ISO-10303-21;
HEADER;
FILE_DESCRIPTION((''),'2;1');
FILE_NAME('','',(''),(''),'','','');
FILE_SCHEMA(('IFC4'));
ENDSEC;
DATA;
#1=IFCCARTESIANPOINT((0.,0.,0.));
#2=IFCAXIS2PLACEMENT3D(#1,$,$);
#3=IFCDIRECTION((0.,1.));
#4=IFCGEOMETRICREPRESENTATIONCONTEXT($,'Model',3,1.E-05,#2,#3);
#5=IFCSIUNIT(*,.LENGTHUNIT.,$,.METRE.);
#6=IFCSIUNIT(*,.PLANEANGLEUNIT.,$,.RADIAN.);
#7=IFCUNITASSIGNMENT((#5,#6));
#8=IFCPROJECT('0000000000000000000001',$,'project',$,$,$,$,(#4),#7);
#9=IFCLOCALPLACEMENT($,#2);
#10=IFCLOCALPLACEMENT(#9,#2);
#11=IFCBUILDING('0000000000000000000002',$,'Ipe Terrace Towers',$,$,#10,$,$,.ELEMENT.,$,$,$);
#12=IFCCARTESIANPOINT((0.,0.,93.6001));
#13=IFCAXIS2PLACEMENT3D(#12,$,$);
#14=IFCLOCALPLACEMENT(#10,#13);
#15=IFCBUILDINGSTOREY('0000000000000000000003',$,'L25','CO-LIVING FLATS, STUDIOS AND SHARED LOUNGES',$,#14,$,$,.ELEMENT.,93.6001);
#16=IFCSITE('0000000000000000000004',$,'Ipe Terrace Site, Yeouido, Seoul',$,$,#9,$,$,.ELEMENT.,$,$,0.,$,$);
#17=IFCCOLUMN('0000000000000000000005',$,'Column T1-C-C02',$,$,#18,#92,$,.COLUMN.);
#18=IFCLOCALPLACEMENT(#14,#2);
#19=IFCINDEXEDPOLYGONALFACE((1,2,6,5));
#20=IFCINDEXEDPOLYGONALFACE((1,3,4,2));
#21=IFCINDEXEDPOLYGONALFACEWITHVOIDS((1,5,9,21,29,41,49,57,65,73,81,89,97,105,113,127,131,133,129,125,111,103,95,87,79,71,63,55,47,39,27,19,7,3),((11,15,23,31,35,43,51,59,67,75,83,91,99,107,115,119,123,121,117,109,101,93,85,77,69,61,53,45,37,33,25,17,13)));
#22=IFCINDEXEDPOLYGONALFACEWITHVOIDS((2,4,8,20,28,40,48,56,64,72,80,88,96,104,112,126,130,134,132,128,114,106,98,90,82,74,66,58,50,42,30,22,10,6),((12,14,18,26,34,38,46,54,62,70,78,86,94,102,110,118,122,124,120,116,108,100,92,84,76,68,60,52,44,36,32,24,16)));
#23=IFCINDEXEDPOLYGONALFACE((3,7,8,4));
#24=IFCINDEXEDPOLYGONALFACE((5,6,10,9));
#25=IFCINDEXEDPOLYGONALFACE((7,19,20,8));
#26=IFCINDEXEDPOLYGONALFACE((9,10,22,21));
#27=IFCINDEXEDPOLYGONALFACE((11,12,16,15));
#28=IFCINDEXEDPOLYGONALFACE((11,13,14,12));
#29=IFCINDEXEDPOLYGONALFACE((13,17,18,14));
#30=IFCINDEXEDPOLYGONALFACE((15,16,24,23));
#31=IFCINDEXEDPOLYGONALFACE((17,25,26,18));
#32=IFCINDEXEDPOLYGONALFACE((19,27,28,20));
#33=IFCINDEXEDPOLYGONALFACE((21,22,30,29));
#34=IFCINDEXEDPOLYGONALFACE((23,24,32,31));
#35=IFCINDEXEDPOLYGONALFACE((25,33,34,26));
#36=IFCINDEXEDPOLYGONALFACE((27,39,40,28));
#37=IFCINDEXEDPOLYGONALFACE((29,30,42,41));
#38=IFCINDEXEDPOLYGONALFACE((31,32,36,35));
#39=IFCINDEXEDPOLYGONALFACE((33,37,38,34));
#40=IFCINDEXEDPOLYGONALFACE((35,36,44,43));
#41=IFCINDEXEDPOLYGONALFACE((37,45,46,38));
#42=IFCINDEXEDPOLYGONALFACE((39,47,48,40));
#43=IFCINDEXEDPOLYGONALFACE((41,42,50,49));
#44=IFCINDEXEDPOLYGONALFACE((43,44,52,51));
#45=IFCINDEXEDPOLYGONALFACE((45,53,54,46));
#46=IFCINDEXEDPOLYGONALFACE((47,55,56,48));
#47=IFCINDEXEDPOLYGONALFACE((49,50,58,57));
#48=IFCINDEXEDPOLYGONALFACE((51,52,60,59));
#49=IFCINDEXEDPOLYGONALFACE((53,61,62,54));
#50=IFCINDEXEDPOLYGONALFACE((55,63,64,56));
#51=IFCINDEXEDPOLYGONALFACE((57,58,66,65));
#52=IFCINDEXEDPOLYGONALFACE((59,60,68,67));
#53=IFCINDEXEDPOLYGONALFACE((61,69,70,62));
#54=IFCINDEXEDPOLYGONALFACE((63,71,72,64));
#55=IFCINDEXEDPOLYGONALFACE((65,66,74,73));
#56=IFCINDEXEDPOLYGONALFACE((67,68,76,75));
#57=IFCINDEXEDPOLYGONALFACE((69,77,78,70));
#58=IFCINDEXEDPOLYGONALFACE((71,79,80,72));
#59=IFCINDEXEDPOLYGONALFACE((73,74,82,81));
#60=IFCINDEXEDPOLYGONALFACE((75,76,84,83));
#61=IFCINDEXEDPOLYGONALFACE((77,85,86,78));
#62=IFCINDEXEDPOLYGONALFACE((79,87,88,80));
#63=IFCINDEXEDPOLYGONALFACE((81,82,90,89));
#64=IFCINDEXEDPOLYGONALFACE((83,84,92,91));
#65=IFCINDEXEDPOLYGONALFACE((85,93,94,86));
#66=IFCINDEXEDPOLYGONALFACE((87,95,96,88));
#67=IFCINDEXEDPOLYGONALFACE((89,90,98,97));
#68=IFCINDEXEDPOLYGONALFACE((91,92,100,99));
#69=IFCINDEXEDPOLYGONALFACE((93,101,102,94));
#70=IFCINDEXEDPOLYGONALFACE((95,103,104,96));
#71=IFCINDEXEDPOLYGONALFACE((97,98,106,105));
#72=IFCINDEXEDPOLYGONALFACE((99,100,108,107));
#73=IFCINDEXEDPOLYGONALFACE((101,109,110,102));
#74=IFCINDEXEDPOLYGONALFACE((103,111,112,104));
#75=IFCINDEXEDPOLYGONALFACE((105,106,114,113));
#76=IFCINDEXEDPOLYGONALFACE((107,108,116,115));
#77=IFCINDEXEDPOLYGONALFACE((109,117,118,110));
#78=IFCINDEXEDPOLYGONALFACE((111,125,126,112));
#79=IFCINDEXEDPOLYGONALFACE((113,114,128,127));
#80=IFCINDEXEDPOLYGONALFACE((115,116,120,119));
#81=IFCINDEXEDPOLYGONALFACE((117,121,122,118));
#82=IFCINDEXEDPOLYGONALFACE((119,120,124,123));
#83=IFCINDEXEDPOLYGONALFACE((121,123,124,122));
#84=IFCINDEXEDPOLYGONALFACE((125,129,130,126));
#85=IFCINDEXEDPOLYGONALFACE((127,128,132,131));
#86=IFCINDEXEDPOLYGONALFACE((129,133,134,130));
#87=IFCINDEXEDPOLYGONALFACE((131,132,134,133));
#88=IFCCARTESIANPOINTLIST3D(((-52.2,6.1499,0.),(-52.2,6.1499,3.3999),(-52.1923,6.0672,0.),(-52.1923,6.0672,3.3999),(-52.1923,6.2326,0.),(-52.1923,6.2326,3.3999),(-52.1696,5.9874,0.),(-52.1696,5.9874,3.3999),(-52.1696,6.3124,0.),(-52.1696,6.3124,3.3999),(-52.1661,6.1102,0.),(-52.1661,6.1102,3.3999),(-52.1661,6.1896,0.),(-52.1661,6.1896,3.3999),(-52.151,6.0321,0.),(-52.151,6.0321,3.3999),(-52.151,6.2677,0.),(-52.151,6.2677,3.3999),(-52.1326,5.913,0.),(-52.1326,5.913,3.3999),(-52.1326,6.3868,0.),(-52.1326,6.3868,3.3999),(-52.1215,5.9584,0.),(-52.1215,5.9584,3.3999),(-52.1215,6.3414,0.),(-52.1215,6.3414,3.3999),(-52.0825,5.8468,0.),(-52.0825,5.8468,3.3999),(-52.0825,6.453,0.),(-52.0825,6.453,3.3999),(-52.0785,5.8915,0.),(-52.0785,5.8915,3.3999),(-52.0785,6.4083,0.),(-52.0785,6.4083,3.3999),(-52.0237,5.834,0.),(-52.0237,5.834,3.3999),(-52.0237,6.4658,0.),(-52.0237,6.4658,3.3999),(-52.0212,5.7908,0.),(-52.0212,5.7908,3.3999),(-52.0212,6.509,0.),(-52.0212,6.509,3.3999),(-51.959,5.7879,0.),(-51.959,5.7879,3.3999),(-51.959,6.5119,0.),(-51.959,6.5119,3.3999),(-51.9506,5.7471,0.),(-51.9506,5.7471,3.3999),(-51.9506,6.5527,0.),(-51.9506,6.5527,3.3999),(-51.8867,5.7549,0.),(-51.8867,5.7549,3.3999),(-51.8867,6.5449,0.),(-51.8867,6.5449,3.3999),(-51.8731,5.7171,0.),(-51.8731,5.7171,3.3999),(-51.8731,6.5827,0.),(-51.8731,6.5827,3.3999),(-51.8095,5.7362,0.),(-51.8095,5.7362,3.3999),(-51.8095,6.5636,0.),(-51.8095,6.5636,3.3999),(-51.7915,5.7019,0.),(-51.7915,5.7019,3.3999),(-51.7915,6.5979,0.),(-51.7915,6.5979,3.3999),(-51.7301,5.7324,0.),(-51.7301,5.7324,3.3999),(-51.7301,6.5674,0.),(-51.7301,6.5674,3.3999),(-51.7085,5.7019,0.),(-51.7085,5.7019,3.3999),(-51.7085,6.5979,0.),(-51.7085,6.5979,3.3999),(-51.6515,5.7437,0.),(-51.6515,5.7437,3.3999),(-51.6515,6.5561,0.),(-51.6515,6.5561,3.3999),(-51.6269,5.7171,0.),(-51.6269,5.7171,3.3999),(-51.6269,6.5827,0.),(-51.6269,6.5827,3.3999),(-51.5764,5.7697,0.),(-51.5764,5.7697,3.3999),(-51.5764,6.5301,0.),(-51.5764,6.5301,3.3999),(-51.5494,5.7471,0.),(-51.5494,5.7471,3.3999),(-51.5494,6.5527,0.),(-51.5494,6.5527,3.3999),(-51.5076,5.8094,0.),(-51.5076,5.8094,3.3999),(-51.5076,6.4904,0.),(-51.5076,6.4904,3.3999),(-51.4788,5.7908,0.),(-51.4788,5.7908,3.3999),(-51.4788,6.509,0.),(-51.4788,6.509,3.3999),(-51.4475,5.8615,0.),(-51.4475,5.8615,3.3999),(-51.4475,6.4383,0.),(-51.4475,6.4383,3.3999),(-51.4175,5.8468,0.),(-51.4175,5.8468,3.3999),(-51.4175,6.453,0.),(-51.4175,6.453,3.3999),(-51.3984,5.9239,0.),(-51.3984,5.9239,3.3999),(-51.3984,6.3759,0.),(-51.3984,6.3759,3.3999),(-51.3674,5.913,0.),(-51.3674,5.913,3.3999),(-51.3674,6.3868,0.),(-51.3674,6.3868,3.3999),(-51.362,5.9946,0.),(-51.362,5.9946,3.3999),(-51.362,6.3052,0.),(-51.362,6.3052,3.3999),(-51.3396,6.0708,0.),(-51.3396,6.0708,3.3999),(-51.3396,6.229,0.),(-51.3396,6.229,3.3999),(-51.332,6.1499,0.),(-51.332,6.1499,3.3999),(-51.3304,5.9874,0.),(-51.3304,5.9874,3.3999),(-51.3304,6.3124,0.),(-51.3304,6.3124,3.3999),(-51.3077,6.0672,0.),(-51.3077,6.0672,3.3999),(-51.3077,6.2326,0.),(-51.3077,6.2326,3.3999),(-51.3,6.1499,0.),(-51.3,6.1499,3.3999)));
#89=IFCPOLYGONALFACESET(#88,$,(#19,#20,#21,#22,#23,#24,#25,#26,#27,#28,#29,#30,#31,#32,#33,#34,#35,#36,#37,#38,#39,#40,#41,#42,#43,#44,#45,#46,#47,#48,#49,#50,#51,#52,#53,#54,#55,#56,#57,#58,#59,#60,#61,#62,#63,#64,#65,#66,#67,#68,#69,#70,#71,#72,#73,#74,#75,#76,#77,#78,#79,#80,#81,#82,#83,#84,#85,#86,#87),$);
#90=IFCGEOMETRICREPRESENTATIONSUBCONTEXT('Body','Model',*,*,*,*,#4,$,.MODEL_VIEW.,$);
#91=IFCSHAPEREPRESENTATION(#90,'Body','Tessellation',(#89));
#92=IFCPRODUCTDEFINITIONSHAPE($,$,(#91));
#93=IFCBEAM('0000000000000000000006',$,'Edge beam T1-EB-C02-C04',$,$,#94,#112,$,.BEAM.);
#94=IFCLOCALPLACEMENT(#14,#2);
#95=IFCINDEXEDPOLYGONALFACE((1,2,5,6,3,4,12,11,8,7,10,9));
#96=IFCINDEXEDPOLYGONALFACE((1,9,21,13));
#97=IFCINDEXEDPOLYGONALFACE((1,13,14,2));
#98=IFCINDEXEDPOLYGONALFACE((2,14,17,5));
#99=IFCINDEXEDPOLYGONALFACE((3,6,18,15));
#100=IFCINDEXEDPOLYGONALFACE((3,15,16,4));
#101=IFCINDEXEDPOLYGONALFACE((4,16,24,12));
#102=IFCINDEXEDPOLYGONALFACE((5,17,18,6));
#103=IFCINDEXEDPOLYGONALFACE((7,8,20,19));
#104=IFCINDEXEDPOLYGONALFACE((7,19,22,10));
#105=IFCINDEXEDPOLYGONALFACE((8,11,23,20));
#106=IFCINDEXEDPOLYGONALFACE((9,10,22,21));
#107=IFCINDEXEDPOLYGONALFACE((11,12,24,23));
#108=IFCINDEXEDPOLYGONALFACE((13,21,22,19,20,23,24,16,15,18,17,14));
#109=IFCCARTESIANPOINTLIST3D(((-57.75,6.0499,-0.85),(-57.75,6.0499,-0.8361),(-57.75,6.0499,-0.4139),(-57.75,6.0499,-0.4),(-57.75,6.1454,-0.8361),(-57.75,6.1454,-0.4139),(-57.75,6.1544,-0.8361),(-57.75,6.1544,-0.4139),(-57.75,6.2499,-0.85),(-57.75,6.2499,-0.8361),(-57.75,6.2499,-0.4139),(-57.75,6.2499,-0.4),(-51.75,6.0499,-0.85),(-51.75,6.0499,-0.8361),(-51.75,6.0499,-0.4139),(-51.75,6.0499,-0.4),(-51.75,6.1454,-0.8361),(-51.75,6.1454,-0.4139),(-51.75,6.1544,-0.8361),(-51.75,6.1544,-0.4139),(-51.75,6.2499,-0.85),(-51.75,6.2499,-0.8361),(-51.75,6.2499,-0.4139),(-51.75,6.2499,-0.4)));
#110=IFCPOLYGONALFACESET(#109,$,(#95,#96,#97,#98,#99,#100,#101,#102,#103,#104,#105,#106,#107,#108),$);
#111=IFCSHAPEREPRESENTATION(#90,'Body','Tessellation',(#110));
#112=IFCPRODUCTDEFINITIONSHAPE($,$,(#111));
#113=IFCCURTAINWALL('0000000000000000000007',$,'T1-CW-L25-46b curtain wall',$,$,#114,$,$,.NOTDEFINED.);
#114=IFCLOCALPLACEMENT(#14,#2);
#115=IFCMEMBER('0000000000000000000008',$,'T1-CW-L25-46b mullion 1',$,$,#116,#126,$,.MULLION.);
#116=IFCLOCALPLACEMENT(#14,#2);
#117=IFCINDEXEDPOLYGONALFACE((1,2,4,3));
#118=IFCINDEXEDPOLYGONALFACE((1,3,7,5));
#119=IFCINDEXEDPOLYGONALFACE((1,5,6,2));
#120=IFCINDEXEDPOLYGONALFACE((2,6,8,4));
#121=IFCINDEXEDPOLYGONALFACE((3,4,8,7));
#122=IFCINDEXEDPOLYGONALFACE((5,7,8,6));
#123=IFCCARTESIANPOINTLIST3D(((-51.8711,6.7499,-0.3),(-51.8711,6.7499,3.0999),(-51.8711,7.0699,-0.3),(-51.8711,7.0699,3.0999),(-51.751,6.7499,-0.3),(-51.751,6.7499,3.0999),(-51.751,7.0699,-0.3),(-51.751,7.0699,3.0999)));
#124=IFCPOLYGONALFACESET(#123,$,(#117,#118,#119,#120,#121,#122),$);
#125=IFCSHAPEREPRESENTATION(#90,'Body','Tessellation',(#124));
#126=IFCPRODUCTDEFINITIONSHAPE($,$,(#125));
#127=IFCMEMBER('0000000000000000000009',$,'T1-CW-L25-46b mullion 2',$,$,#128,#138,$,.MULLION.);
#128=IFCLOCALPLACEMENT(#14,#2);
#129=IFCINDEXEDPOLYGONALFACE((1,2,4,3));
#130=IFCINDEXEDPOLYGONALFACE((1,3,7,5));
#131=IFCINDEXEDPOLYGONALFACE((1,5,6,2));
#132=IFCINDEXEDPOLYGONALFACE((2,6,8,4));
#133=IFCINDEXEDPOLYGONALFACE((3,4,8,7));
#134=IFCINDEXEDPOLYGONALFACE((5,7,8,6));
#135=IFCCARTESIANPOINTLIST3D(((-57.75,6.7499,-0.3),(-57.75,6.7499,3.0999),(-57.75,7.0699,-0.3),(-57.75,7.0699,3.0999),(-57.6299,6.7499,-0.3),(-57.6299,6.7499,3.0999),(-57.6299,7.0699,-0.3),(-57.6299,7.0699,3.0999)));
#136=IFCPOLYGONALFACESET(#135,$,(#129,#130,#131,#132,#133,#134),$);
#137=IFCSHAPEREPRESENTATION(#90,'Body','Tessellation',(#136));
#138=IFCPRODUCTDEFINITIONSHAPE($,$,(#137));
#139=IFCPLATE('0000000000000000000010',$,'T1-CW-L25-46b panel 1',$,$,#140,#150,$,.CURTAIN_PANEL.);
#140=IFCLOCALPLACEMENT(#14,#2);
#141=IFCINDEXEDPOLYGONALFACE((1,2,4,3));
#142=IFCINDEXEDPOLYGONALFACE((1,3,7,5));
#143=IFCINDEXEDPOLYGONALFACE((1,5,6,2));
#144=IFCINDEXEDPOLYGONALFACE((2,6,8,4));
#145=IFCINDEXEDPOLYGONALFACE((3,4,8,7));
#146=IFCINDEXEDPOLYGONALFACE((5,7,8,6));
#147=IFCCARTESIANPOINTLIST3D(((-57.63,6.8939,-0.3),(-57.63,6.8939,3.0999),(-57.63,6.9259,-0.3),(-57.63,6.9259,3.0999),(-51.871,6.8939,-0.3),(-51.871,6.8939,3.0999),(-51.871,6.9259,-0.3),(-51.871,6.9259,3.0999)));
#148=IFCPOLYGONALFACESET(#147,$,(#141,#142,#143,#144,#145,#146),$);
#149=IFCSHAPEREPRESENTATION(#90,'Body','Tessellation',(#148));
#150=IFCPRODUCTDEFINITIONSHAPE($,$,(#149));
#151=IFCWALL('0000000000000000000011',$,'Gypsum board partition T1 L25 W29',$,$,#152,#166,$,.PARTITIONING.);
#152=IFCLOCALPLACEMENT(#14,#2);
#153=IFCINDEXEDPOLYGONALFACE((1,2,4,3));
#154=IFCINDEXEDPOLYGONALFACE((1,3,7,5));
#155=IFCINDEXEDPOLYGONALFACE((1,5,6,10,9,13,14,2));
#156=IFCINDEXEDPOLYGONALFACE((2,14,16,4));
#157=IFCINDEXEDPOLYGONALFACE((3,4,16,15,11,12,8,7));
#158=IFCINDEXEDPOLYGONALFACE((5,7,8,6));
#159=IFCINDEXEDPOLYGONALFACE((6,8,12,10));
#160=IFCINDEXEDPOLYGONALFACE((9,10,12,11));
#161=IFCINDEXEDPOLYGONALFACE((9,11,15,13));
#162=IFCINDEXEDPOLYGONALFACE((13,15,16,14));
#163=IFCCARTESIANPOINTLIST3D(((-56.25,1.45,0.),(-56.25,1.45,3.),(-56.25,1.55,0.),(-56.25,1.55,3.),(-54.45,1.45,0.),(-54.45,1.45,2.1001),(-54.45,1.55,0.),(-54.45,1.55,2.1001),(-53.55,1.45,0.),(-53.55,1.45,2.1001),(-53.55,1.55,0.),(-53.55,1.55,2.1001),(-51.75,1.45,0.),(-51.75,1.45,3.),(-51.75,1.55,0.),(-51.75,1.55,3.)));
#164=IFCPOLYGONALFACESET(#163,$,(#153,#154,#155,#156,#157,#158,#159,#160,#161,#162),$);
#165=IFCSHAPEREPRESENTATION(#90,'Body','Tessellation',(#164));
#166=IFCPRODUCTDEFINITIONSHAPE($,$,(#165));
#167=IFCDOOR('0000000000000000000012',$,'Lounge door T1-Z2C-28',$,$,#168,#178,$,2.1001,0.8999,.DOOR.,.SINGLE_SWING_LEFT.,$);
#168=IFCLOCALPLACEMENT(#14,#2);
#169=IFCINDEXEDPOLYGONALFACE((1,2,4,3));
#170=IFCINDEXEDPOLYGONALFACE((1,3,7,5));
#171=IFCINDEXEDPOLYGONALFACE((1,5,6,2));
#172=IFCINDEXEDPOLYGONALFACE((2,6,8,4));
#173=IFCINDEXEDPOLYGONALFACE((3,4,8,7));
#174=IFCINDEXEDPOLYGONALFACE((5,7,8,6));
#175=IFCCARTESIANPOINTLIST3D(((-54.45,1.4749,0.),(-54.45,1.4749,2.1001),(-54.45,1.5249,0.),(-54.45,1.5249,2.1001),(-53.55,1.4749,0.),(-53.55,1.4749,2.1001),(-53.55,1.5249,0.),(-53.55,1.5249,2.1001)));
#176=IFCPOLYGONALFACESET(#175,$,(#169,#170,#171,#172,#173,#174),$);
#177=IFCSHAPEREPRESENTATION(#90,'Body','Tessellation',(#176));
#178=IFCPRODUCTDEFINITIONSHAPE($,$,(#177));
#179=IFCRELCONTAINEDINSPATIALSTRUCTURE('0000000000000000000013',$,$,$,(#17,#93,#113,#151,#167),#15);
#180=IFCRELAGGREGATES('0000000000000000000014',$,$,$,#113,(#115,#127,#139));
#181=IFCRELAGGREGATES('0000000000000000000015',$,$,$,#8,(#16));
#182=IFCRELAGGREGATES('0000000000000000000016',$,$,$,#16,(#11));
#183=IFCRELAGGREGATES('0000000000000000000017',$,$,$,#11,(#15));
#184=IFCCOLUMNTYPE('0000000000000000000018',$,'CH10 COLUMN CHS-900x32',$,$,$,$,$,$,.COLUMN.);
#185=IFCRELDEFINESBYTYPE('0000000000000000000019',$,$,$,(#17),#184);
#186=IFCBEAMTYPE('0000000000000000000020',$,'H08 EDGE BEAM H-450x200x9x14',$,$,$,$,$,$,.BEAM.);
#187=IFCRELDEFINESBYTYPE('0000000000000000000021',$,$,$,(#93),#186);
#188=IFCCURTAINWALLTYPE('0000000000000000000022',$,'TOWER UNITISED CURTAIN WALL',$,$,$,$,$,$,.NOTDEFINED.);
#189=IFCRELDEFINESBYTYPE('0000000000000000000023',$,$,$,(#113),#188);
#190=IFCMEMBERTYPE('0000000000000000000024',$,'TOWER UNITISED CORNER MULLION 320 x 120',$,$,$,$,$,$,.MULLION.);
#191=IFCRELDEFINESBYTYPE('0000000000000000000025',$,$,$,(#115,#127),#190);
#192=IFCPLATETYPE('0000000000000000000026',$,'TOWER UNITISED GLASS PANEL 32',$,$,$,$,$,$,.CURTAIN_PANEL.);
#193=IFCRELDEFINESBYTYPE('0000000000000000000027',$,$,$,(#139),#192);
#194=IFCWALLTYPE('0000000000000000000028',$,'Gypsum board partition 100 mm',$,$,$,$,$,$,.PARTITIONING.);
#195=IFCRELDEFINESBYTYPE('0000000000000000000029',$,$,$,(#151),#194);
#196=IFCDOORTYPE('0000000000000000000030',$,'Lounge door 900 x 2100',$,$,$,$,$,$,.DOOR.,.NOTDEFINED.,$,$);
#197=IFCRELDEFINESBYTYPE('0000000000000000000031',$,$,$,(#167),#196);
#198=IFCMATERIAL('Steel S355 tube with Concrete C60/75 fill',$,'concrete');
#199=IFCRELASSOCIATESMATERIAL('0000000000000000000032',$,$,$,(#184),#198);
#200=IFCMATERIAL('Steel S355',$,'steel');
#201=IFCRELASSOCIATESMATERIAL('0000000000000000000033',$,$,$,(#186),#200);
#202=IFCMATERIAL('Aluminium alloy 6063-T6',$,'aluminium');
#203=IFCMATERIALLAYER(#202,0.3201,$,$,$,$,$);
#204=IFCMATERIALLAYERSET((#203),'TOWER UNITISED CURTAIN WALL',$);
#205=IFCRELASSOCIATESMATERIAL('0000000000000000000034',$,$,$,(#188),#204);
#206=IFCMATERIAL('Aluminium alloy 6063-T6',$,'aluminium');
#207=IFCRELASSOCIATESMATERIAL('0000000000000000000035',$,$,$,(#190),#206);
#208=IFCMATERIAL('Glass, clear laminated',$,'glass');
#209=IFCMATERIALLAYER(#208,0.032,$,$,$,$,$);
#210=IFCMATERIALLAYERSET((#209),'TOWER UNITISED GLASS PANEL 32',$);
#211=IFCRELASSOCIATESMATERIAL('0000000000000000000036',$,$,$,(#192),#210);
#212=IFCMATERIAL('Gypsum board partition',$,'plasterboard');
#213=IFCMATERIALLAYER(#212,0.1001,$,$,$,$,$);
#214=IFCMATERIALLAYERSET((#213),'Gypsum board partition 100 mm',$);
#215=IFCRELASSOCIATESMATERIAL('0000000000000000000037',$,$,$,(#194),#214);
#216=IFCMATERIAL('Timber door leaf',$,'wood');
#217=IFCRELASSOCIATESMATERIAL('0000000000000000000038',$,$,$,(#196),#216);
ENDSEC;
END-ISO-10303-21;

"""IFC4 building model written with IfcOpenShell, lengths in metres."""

from ifc_helpers import new_model, si_unit, direction, frame, frame_2d, origin, origin_2d, place, context, subcontext, project, spatial, rectangle, hollow_circle, i_section, extrude, material, layer, layer_set, material_profile, profile_set, type_object, element, fill, aggregate, save


model = new_model("IFC4")

# Units and contexts
model_context = context("Model", 3, precision=1e-05, world=origin(), true_north=direction((0.0, 1.0)))
body_context = subcontext(model_context, "Body", "Model", "MODEL_VIEW")
ifc_project = project(units=[si_unit("LENGTHUNIT", "METRE"), si_unit("PLANEANGLEUNIT", "RADIAN")], contexts=[model_context])

# Site, building, storey
site_placement = place(None, origin())
site = spatial("IfcSite", under=ifc_project, at=site_placement, Name="Ipe Terrace Site, Yeouido, Seoul", CompositionType="ELEMENT", RefElevation=0.0)
building_placement = place(site_placement, origin())
building = spatial("IfcBuilding", under=site, at=building_placement, Name="Ipe Terrace Towers", CompositionType="ELEMENT")
storey_placement = place(building_placement, frame((0.0, 0.0, 93.6001)))
storey = spatial("IfcBuildingStorey", under=building, at=storey_placement, Name="L25", Description="CO-LIVING FLATS, STUDIOS AND SHARED LOUNGES", CompositionType="ELEMENT", Elevation=93.6001)

# Column
ifc_material_1 = material(Name="Steel S355 tube with Concrete C60/75 fill", Category="concrete")
ifc_material_profile_1 = material_profile(ifc_material_1, hollow_circle(Radius=0.45, WallThickness=0.032, at=origin_2d()), Name="CHS-900x32")
ifc_profile_set_1 = profile_set([ifc_material_profile_1], Name="Steel S355 tube with Concrete C60/75 fill")
column_type = type_object("IfcColumnType", Name="CH10 COLUMN CHS-900x32", PredefinedType="COLUMN", material=ifc_profile_set_1)
column_placement = place(storey_placement, frame((-51.75, 6.1499, 0.0), z_axis=(0.0, 0.0, 1.0), x_axis=(1.0, 0.0, 0.0)))
element("IfcColumn", 1, at=column_placement, inside=storey, type_object=column_type, Name="Column T1-C-C02", PredefinedType="COLUMN", context=body_context, shape_type="SweptSolid", body=[
    extrude(hollow_circle(Radius=0.45, WallThickness=0.032, at=origin_2d()), origin(), (0.0, 0.0, 1.0), 3.3999),
])

# Beam
ifc_material_2 = material(Name="Steel S355", Category="steel")
ifc_material_profile_2 = material_profile(ifc_material_2, i_section(OverallWidth=0.2, OverallDepth=0.45, WebThickness=0.009, FlangeThickness=0.0139, at=origin_2d()), Name="H-450x200x9x14")
ifc_profile_set_2 = profile_set([ifc_material_profile_2], Name="Steel S355")
beam_type = type_object("IfcBeamType", Name="H08 EDGE BEAM H-450x200x9x14", PredefinedType="BEAM", material=ifc_profile_set_2)
beam_placement = place(storey_placement, frame((-51.75, 6.1499, -0.625), z_axis=(-1.0, 0.0, 0.0), x_axis=(0.0, -1.0, 0.0)))
element("IfcBeam", 2, at=beam_placement, inside=storey, type_object=beam_type, Name="Edge beam T1-EB-C02-C04", PredefinedType="BEAM", context=body_context, shape_type="SweptSolid", body=[
    extrude(i_section(OverallWidth=0.2, OverallDepth=0.45, WebThickness=0.009, FlangeThickness=0.0139, at=origin_2d()), origin(), (0.0, 0.0, 1.0), 6.0),
])

# Curtain wall, members, plate
ifc_material_3 = material(Name="Aluminium alloy 6063-T6", Category="aluminium")
ifc_layer_1 = layer(ifc_material_3, 0.3201)
ifc_layer_set_1 = layer_set([ifc_layer_1], Name="TOWER UNITISED CURTAIN WALL")
curtain_wall_type = type_object("IfcCurtainWallType", Name="TOWER UNITISED CURTAIN WALL", PredefinedType="NOTDEFINED", material=ifc_layer_set_1)
curtain_wall_placement = place(storey_placement, origin())
curtain_wall = element("IfcCurtainWall", 3, at=curtain_wall_placement, inside=storey, type_object=curtain_wall_type, Name="T1-CW-L25-46b curtain wall", PredefinedType="NOTDEFINED")
ifc_material_4 = material(Name="Aluminium alloy 6063-T6", Category="aluminium")
ifc_material_profile_3 = material_profile(ifc_material_4, rectangle(XDim=0.3201, YDim=0.1201, at=origin_2d()), Name="TOWER UNITISED CORNER MULLION 320 x 120")
ifc_profile_set_3 = profile_set([ifc_material_profile_3], Name="Aluminium alloy 6063-T6")
member_type = type_object("IfcMemberType", Name="TOWER UNITISED CORNER MULLION 320 x 120", PredefinedType="MULLION", material=ifc_profile_set_3)
member_1_placement = place(storey_placement, frame((-51.811, 6.9099, -0.3), z_axis=(0.0, 0.0, 1.0), x_axis=(0.0, 1.0, 0.0)))
member_1 = element("IfcMember", 4, at=member_1_placement, type_object=member_type, Name="T1-CW-L25-46b mullion 1", PredefinedType="MULLION", context=body_context, shape_type="SweptSolid", body=[
    extrude(rectangle(XDim=0.3201, YDim=0.1201, at=origin_2d()), origin(), (0.0, 0.0, 1.0), 3.3999),
])
member_2_placement = place(storey_placement, frame((-57.6899, 6.9099, -0.3), z_axis=(0.0, 0.0, 1.0), x_axis=(0.0, 1.0, 0.0)))
member_2 = element("IfcMember", 5, at=member_2_placement, type_object=member_type, Name="T1-CW-L25-46b mullion 2", PredefinedType="MULLION", context=body_context, shape_type="SweptSolid", body=[
    extrude(rectangle(XDim=0.3201, YDim=0.1201, at=origin_2d()), origin(), (0.0, 0.0, 1.0), 3.3999),
])
ifc_material_5 = material(Name="Glass, clear laminated", Category="glass")
ifc_layer_2 = layer(ifc_material_5, 0.032)
ifc_layer_set_2 = layer_set([ifc_layer_2], Name="TOWER UNITISED GLASS PANEL 32")
plate_type = type_object("IfcPlateType", Name="TOWER UNITISED GLASS PANEL 32", PredefinedType="CURTAIN_PANEL", material=ifc_layer_set_2)
plate_placement = place(storey_placement, frame((-54.7505, 6.9099, -0.3), z_axis=(0.0, 0.0, 1.0), x_axis=(-1.0, 0.0, 0.0)))
plate = element("IfcPlate", 6, at=plate_placement, type_object=plate_type, Name="T1-CW-L25-46b panel 1", PredefinedType="CURTAIN_PANEL", context=body_context, shape_type="SweptSolid", body=[
    extrude(rectangle(XDim=5.759, YDim=0.032, at=origin_2d()), origin(), (0.0, 0.0, 1.0), 3.3999),
])
aggregate(curtain_wall, [member_1, member_2, plate])

# Wall, opening, door
ifc_material_6 = material(Name="Gypsum board partition", Category="plasterboard")
ifc_layer_3 = layer(ifc_material_6, 0.1001)
ifc_layer_set_3 = layer_set([ifc_layer_3], Name="Gypsum board partition 100 mm")
wall_type_1 = type_object("IfcWallType", Name="Gypsum board partition 100 mm", PredefinedType="PARTITIONING", material=ifc_layer_set_3)
wall_1_placement = place(storey_placement, frame((-56.25, 1.5, 0.0), z_axis=(0.0, 0.0, 1.0), x_axis=(1.0, 0.0, 0.0)))
wall_1 = element("IfcWall", 7, at=wall_1_placement, inside=storey, type_object=wall_type_1, Name="Gypsum board partition T1 L25 W29", PredefinedType="PARTITIONING", context=body_context, shape_type="SweptSolid", body=[
    extrude(rectangle(XDim=4.5, YDim=0.1001, at=frame_2d((2.25, 0.0))), origin(), (0.0, 0.0, 1.0), 3.0),
])
opening_1_placement = place(wall_1_placement, frame((1.8, 0.0, 0.0)))
opening_1 = element("IfcOpeningElement", 8, at=opening_1_placement, cuts=wall_1, PredefinedType="OPENING", context=body_context, shape_type="SweptSolid", body=[
    extrude(rectangle(XDim=0.8999, YDim=2.1001, at=frame_2d((0.45, 1.05))), frame((0.0, 0.0601, 0.0), z_axis=(0.0, -1.0, 0.0), x_axis=(1.0, 0.0, 0.0)), (0.0, 0.0, 1.0), 0.1201),
])
ifc_material_7 = material(Name="Timber door leaf", Category="wood")
door_type_1 = type_object("IfcDoorType", Name="Lounge door 900 x 2100", OperationType="NOTDEFINED", PredefinedType="DOOR", material=ifc_material_7)
door_1_placement = place(opening_1_placement, origin())
door_1 = element("IfcDoor", 9, at=door_1_placement, inside=storey, type_object=door_type_1, Name="Lounge door T1-Z2C-28", OperationType="SINGLE_SWING_LEFT", OverallHeight=2.1001, OverallWidth=0.8999, PredefinedType="DOOR", context=body_context, shape_type="SweptSolid", body=[
    extrude(rectangle(XDim=0.8999, YDim=2.1001, at=frame_2d((0.45, 1.05))), frame((0.0, 0.0249, 0.0), z_axis=(0.0, -1.0, 0.0), x_axis=(1.0, 0.0, 0.0)), (0.0, 0.0, 1.0), 0.05),
])
fill(opening_1, door_1)

save(model, "model.ifc")
